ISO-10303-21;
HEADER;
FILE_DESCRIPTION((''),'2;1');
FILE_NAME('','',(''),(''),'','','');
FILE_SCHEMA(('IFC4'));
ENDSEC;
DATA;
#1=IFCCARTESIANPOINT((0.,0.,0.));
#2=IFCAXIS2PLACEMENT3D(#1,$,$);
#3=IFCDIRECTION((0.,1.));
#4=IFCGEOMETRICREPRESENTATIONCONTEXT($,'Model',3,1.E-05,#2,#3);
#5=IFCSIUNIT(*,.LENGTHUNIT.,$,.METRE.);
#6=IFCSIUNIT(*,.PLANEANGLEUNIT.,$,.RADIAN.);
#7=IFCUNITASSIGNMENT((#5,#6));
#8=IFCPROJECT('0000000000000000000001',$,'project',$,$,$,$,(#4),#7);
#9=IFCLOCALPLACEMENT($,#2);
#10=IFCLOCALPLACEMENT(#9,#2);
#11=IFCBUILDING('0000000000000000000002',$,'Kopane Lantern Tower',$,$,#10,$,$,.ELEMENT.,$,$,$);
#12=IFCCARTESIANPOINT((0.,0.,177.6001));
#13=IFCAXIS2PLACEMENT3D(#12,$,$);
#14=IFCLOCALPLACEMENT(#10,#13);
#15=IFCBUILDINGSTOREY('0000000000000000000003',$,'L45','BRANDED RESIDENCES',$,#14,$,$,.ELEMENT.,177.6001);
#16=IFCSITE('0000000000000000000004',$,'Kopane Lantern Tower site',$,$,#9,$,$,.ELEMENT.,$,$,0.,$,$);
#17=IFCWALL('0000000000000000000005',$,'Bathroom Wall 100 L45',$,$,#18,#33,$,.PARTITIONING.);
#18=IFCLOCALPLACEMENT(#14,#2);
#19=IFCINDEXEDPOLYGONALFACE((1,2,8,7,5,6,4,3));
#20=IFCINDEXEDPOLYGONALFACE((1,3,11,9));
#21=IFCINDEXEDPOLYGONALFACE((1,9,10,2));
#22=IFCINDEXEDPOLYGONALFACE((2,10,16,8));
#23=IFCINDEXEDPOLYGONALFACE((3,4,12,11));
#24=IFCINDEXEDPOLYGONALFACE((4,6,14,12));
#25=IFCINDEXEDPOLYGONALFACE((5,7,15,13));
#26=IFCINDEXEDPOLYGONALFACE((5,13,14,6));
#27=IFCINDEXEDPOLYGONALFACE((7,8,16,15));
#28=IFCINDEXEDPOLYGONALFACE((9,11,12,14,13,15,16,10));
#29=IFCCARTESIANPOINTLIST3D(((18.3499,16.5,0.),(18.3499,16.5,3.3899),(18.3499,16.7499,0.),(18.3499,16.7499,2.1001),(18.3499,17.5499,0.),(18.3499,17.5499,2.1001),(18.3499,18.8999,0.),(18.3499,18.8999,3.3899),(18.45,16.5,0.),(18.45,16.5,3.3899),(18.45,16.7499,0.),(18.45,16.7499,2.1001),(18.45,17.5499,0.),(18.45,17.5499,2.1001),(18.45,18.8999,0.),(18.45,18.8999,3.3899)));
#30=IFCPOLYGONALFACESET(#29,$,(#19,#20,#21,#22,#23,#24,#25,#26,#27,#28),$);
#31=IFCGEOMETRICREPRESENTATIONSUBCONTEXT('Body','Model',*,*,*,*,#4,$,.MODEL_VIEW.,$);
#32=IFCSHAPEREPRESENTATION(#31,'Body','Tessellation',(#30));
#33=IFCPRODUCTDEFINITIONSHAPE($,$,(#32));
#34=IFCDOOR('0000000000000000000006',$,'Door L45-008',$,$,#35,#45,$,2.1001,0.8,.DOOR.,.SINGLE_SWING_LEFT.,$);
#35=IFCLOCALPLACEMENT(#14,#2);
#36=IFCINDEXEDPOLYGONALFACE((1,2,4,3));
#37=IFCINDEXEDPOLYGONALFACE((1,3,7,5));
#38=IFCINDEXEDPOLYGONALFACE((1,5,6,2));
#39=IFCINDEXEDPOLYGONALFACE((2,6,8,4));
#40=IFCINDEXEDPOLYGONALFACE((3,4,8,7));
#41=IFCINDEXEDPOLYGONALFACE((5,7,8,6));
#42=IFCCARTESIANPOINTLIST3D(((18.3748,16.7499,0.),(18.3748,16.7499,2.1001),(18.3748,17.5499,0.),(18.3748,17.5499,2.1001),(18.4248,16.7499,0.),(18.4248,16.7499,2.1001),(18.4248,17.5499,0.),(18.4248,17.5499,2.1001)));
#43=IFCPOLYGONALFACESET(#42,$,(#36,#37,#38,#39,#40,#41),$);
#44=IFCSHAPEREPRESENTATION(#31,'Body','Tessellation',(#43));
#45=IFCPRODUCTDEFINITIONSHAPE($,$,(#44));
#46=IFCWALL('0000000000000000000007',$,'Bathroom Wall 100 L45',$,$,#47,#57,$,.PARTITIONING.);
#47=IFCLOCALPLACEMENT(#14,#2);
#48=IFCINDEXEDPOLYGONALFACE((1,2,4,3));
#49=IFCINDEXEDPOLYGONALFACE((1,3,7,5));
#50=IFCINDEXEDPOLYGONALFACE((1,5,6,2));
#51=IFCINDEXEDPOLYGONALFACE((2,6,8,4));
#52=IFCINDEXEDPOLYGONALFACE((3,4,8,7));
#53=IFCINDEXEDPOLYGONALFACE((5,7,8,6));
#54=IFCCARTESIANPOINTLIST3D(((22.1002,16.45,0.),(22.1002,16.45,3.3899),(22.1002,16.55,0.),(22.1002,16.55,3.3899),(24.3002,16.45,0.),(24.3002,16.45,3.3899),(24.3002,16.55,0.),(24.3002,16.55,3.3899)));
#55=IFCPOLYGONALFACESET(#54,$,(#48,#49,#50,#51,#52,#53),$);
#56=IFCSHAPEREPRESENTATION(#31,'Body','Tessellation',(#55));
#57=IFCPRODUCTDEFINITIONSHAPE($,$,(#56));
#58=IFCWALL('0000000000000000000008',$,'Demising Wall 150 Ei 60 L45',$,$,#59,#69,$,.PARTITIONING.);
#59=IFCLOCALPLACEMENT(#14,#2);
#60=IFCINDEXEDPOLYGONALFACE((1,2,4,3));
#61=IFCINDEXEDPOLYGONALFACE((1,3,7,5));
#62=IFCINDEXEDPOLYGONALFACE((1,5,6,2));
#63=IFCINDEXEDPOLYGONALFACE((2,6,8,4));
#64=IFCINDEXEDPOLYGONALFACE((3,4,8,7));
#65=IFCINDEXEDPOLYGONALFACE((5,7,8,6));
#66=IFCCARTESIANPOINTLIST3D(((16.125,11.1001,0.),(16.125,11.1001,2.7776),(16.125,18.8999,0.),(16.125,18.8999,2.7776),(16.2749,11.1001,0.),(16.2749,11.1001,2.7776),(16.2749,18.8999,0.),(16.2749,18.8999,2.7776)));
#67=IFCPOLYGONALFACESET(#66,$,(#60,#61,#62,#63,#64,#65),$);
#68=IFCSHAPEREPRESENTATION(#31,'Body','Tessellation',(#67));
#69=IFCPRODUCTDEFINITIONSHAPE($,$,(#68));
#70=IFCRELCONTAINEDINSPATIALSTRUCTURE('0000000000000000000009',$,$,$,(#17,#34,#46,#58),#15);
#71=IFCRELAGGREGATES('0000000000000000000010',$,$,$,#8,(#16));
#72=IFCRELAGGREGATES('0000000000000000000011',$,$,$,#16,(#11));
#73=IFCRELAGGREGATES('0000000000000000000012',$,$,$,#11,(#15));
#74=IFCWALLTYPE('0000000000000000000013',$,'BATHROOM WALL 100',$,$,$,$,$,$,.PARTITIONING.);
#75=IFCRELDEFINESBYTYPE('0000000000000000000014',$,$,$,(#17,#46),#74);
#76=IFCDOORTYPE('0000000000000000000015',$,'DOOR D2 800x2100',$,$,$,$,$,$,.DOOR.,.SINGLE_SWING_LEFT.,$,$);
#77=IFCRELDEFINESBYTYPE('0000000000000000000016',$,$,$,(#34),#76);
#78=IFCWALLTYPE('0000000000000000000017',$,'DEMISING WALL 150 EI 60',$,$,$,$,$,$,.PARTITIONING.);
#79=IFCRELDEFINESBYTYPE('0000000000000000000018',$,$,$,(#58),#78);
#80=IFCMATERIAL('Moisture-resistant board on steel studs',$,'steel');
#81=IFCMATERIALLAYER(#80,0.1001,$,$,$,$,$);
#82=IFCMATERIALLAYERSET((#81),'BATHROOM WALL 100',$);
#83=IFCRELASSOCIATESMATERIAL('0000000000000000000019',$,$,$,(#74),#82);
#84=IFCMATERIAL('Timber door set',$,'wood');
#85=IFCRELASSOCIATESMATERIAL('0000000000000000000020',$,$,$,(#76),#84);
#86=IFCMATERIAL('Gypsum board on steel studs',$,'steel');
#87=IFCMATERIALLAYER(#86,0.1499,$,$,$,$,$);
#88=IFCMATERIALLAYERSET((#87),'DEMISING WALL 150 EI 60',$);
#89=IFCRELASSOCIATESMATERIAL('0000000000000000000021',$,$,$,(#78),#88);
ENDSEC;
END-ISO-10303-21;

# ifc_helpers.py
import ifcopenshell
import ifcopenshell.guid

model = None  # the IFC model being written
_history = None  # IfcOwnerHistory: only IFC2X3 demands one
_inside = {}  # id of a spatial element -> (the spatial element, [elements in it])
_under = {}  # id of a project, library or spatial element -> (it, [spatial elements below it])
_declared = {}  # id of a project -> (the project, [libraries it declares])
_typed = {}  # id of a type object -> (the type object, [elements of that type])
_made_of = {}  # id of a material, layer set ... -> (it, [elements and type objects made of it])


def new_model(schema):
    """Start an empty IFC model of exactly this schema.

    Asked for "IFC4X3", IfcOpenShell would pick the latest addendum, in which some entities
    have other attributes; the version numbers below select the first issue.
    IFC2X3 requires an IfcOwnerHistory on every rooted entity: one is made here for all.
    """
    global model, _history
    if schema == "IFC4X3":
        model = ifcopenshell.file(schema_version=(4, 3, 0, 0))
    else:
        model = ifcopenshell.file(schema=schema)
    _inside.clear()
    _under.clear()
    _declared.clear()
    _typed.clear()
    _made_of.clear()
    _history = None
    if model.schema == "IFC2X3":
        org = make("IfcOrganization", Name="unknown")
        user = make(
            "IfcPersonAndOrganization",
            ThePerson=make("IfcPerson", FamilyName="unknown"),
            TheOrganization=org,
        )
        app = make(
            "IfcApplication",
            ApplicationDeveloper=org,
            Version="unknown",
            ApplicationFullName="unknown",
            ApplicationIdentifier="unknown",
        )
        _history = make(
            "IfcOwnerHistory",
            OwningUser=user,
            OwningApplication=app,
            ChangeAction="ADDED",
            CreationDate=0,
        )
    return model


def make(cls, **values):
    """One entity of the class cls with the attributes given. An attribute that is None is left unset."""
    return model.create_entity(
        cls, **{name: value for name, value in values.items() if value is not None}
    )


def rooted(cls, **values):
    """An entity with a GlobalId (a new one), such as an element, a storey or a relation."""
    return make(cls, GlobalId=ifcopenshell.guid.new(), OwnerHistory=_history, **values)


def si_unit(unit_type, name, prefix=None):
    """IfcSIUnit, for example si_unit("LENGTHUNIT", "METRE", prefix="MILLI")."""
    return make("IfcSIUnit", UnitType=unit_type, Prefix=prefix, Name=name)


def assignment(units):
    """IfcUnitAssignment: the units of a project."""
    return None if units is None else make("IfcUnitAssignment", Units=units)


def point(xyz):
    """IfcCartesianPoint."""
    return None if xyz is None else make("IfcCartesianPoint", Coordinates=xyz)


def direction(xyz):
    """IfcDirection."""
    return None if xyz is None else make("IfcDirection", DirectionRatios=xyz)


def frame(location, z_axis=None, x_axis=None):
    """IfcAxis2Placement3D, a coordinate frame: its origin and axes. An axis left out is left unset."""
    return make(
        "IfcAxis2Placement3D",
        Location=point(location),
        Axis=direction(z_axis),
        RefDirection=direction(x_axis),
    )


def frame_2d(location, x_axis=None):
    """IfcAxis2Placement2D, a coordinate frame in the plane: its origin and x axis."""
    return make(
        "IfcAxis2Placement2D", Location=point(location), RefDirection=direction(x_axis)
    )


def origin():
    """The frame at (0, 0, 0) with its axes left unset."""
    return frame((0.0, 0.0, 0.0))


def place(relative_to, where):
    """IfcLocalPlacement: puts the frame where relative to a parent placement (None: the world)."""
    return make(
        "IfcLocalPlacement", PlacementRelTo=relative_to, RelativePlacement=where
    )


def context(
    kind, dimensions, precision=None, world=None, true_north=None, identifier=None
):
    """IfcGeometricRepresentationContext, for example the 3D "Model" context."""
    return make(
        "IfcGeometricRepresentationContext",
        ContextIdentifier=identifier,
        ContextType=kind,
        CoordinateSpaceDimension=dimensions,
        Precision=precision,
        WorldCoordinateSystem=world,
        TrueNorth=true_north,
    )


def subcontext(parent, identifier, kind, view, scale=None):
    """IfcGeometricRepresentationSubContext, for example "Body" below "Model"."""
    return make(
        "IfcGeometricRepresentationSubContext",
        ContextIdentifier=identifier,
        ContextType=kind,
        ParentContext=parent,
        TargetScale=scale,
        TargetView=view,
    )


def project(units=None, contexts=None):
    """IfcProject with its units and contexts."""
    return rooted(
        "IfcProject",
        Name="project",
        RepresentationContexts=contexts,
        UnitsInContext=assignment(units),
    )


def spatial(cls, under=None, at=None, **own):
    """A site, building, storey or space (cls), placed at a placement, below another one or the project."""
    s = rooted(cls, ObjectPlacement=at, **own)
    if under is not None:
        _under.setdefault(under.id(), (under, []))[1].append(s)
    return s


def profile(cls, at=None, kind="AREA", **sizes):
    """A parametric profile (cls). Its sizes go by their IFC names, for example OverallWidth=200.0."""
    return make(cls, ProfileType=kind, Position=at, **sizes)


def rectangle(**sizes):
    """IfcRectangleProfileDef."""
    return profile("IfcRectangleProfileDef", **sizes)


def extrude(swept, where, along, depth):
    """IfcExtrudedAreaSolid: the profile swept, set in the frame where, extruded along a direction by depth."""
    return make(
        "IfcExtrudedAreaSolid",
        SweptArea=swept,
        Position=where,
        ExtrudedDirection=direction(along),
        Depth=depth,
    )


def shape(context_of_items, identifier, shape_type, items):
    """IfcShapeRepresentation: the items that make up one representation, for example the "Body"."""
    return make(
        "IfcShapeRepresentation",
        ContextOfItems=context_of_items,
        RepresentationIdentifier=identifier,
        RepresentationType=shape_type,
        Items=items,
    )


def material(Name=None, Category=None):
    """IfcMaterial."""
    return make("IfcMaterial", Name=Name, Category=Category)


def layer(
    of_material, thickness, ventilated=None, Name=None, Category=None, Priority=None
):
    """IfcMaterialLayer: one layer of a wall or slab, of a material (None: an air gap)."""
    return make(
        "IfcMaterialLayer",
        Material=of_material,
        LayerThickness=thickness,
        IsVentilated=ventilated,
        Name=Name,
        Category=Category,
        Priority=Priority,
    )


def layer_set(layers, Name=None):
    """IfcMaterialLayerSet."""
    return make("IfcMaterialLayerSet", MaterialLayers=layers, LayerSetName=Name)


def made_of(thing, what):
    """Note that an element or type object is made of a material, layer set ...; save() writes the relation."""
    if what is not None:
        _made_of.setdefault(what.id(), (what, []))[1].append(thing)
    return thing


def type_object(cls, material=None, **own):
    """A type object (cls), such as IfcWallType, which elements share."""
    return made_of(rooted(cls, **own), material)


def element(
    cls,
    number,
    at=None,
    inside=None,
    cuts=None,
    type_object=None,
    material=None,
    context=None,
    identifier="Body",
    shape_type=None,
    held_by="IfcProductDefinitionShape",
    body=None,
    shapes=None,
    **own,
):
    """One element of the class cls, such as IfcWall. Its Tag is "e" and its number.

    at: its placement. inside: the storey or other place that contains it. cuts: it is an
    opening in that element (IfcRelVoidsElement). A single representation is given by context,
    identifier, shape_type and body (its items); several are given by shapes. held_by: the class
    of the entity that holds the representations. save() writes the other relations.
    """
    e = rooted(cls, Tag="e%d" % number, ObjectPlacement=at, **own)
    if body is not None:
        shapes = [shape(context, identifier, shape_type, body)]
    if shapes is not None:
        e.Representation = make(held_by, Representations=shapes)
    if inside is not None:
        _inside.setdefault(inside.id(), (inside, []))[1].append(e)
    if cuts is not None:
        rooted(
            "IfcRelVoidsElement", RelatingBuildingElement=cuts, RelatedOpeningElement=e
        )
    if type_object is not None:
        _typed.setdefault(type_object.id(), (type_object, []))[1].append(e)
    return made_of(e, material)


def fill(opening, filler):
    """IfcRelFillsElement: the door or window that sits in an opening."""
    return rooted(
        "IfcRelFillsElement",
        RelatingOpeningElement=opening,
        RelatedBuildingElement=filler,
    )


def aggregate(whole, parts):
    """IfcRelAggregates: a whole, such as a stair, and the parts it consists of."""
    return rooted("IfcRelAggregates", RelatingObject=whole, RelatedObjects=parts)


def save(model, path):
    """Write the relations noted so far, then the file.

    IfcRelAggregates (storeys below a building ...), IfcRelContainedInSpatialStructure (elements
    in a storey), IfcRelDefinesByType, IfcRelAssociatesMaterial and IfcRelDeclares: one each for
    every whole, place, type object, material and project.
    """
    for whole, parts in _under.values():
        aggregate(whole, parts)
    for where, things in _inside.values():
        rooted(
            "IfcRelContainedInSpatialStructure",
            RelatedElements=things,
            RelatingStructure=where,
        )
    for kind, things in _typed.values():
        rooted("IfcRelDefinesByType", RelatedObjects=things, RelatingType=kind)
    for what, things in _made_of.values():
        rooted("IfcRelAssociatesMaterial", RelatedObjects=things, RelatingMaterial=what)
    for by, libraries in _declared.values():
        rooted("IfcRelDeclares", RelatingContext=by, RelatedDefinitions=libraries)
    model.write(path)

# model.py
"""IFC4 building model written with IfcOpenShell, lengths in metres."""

from ifc_helpers import new_model, si_unit, direction, frame, frame_2d, origin, place, context, subcontext, project, spatial, rectangle, extrude, material, layer, layer_set, type_object, element, fill, save


model = new_model("IFC4")

# Units and contexts
model_context = context("Model", 3, precision=1e-05, world=origin(), true_north=direction((0.0, 1.0)))
body_context = subcontext(model_context, "Body", "Model", "MODEL_VIEW")
ifc_project = project(units=[si_unit("LENGTHUNIT", "METRE"), si_unit("PLANEANGLEUNIT", "RADIAN")], contexts=[model_context])

# Site, building, storey
site_placement = place(None, origin())
site = spatial("IfcSite", under=ifc_project, at=site_placement, Name="Kopane Lantern Tower site", CompositionType="ELEMENT", RefElevation=0.0)
building_placement = place(site_placement, origin())
building = spatial("IfcBuilding", under=site, at=building_placement, Name="Kopane Lantern Tower", CompositionType="ELEMENT")
storey_placement = place(building_placement, frame((0.0, 0.0, 177.6001)))
storey = spatial("IfcBuildingStorey", under=building, at=storey_placement, Name="L45", Description="BRANDED RESIDENCES", CompositionType="ELEMENT", Elevation=177.6001)

# Shared definitions
ifc_material_1 = material(Name="Moisture-resistant board on steel studs", Category="steel")
ifc_layer_1 = layer(ifc_material_1, 0.1001)
ifc_layer_set_1 = layer_set([ifc_layer_1], Name="BATHROOM WALL 100")
wall_type_1 = type_object("IfcWallType", Name="BATHROOM WALL 100", PredefinedType="PARTITIONING", material=ifc_layer_set_1)

# Wall, opening, door
wall_1_placement = place(storey_placement, frame((18.3999, 18.8999, 0.0), z_axis=(0.0, 0.0, 1.0), x_axis=(0.0, -1.0, 0.0)))
wall_1 = element("IfcWall", 1, at=wall_1_placement, inside=storey, type_object=wall_type_1, Name="Bathroom Wall 100 L45", PredefinedType="PARTITIONING", context=body_context, shape_type="SweptSolid", body=[
    extrude(rectangle(XDim=2.3999, YDim=0.1001, at=frame_2d((1.2, 0.0))), origin(), (0.0, 0.0, 1.0), 3.3899),
])
opening_1_placement = place(wall_1_placement, frame((1.3501, 0.0, 0.0)))
opening_1 = element("IfcOpeningElement", 2, at=opening_1_placement, cuts=wall_1, PredefinedType="OPENING", context=body_context, shape_type="SweptSolid", body=[
    extrude(rectangle(XDim=0.8, YDim=2.1001, at=frame_2d((0.3999, 1.05))), frame((0.0, 0.0601, 0.0), z_axis=(0.0, -1.0, 0.0), x_axis=(1.0, 0.0, 0.0)), (0.0, 0.0, 1.0), 0.1201),
])
ifc_material_2 = material(Name="Timber door set", Category="wood")
door_type_1 = type_object("IfcDoorType", Name="DOOR D2 800x2100", OperationType="SINGLE_SWING_LEFT", PredefinedType="DOOR", material=ifc_material_2)
door_1_placement = place(opening_1_placement, origin())
door_1 = element("IfcDoor", 3, at=door_1_placement, inside=storey, type_object=door_type_1, Name="Door L45-008", OperationType="SINGLE_SWING_LEFT", OverallHeight=2.1001, OverallWidth=0.8, PredefinedType="DOOR", context=body_context, shape_type="SweptSolid", body=[
    extrude(rectangle(XDim=0.8, YDim=2.1001, at=frame_2d((0.3999, 1.05))), frame((0.0, 0.0249, 0.0), z_axis=(0.0, -1.0, 0.0), x_axis=(1.0, 0.0, 0.0)), (0.0, 0.0, 1.0), 0.05),
])
fill(opening_1, door_1)

# Walls
wall_2_placement = place(storey_placement, frame((22.1001, 16.5, 0.0), z_axis=(0.0, 0.0, 1.0), x_axis=(1.0, 0.0, 0.0)))
element("IfcWall", 4, at=wall_2_placement, inside=storey, type_object=wall_type_1, Name="Bathroom Wall 100 L45", PredefinedType="PARTITIONING", context=body_context, shape_type="SweptSolid", body=[
    extrude(rectangle(XDim=2.2, YDim=0.1001, at=frame_2d((1.1001, 0.0))), origin(), (0.0, 0.0, 1.0), 3.3899),
])
ifc_material_3 = material(Name="Gypsum board on steel studs", Category="steel")
ifc_layer_2 = layer(ifc_material_3, 0.1499)
ifc_layer_set_2 = layer_set([ifc_layer_2], Name="DEMISING WALL 150 EI 60")
wall_type_2 = type_object("IfcWallType", Name="DEMISING WALL 150 EI 60", PredefinedType="PARTITIONING", material=ifc_layer_set_2)
wall_3_placement = place(storey_placement, frame((16.2, 18.8999, 0.0), z_axis=(0.0, 0.0, 1.0), x_axis=(0.0, -1.0, 0.0)))
element("IfcWall", 5, at=wall_3_placement, inside=storey, type_object=wall_type_2, Name="Demising Wall 150 Ei 60 L45", PredefinedType="PARTITIONING", context=body_context, shape_type="SweptSolid", body=[
    extrude(rectangle(XDim=7.7998, YDim=0.1499, at=frame_2d((3.8999, 0.0))), origin(), (0.0, 0.0, 1.0), 2.7776),
])

save(model, "model.ifc")
